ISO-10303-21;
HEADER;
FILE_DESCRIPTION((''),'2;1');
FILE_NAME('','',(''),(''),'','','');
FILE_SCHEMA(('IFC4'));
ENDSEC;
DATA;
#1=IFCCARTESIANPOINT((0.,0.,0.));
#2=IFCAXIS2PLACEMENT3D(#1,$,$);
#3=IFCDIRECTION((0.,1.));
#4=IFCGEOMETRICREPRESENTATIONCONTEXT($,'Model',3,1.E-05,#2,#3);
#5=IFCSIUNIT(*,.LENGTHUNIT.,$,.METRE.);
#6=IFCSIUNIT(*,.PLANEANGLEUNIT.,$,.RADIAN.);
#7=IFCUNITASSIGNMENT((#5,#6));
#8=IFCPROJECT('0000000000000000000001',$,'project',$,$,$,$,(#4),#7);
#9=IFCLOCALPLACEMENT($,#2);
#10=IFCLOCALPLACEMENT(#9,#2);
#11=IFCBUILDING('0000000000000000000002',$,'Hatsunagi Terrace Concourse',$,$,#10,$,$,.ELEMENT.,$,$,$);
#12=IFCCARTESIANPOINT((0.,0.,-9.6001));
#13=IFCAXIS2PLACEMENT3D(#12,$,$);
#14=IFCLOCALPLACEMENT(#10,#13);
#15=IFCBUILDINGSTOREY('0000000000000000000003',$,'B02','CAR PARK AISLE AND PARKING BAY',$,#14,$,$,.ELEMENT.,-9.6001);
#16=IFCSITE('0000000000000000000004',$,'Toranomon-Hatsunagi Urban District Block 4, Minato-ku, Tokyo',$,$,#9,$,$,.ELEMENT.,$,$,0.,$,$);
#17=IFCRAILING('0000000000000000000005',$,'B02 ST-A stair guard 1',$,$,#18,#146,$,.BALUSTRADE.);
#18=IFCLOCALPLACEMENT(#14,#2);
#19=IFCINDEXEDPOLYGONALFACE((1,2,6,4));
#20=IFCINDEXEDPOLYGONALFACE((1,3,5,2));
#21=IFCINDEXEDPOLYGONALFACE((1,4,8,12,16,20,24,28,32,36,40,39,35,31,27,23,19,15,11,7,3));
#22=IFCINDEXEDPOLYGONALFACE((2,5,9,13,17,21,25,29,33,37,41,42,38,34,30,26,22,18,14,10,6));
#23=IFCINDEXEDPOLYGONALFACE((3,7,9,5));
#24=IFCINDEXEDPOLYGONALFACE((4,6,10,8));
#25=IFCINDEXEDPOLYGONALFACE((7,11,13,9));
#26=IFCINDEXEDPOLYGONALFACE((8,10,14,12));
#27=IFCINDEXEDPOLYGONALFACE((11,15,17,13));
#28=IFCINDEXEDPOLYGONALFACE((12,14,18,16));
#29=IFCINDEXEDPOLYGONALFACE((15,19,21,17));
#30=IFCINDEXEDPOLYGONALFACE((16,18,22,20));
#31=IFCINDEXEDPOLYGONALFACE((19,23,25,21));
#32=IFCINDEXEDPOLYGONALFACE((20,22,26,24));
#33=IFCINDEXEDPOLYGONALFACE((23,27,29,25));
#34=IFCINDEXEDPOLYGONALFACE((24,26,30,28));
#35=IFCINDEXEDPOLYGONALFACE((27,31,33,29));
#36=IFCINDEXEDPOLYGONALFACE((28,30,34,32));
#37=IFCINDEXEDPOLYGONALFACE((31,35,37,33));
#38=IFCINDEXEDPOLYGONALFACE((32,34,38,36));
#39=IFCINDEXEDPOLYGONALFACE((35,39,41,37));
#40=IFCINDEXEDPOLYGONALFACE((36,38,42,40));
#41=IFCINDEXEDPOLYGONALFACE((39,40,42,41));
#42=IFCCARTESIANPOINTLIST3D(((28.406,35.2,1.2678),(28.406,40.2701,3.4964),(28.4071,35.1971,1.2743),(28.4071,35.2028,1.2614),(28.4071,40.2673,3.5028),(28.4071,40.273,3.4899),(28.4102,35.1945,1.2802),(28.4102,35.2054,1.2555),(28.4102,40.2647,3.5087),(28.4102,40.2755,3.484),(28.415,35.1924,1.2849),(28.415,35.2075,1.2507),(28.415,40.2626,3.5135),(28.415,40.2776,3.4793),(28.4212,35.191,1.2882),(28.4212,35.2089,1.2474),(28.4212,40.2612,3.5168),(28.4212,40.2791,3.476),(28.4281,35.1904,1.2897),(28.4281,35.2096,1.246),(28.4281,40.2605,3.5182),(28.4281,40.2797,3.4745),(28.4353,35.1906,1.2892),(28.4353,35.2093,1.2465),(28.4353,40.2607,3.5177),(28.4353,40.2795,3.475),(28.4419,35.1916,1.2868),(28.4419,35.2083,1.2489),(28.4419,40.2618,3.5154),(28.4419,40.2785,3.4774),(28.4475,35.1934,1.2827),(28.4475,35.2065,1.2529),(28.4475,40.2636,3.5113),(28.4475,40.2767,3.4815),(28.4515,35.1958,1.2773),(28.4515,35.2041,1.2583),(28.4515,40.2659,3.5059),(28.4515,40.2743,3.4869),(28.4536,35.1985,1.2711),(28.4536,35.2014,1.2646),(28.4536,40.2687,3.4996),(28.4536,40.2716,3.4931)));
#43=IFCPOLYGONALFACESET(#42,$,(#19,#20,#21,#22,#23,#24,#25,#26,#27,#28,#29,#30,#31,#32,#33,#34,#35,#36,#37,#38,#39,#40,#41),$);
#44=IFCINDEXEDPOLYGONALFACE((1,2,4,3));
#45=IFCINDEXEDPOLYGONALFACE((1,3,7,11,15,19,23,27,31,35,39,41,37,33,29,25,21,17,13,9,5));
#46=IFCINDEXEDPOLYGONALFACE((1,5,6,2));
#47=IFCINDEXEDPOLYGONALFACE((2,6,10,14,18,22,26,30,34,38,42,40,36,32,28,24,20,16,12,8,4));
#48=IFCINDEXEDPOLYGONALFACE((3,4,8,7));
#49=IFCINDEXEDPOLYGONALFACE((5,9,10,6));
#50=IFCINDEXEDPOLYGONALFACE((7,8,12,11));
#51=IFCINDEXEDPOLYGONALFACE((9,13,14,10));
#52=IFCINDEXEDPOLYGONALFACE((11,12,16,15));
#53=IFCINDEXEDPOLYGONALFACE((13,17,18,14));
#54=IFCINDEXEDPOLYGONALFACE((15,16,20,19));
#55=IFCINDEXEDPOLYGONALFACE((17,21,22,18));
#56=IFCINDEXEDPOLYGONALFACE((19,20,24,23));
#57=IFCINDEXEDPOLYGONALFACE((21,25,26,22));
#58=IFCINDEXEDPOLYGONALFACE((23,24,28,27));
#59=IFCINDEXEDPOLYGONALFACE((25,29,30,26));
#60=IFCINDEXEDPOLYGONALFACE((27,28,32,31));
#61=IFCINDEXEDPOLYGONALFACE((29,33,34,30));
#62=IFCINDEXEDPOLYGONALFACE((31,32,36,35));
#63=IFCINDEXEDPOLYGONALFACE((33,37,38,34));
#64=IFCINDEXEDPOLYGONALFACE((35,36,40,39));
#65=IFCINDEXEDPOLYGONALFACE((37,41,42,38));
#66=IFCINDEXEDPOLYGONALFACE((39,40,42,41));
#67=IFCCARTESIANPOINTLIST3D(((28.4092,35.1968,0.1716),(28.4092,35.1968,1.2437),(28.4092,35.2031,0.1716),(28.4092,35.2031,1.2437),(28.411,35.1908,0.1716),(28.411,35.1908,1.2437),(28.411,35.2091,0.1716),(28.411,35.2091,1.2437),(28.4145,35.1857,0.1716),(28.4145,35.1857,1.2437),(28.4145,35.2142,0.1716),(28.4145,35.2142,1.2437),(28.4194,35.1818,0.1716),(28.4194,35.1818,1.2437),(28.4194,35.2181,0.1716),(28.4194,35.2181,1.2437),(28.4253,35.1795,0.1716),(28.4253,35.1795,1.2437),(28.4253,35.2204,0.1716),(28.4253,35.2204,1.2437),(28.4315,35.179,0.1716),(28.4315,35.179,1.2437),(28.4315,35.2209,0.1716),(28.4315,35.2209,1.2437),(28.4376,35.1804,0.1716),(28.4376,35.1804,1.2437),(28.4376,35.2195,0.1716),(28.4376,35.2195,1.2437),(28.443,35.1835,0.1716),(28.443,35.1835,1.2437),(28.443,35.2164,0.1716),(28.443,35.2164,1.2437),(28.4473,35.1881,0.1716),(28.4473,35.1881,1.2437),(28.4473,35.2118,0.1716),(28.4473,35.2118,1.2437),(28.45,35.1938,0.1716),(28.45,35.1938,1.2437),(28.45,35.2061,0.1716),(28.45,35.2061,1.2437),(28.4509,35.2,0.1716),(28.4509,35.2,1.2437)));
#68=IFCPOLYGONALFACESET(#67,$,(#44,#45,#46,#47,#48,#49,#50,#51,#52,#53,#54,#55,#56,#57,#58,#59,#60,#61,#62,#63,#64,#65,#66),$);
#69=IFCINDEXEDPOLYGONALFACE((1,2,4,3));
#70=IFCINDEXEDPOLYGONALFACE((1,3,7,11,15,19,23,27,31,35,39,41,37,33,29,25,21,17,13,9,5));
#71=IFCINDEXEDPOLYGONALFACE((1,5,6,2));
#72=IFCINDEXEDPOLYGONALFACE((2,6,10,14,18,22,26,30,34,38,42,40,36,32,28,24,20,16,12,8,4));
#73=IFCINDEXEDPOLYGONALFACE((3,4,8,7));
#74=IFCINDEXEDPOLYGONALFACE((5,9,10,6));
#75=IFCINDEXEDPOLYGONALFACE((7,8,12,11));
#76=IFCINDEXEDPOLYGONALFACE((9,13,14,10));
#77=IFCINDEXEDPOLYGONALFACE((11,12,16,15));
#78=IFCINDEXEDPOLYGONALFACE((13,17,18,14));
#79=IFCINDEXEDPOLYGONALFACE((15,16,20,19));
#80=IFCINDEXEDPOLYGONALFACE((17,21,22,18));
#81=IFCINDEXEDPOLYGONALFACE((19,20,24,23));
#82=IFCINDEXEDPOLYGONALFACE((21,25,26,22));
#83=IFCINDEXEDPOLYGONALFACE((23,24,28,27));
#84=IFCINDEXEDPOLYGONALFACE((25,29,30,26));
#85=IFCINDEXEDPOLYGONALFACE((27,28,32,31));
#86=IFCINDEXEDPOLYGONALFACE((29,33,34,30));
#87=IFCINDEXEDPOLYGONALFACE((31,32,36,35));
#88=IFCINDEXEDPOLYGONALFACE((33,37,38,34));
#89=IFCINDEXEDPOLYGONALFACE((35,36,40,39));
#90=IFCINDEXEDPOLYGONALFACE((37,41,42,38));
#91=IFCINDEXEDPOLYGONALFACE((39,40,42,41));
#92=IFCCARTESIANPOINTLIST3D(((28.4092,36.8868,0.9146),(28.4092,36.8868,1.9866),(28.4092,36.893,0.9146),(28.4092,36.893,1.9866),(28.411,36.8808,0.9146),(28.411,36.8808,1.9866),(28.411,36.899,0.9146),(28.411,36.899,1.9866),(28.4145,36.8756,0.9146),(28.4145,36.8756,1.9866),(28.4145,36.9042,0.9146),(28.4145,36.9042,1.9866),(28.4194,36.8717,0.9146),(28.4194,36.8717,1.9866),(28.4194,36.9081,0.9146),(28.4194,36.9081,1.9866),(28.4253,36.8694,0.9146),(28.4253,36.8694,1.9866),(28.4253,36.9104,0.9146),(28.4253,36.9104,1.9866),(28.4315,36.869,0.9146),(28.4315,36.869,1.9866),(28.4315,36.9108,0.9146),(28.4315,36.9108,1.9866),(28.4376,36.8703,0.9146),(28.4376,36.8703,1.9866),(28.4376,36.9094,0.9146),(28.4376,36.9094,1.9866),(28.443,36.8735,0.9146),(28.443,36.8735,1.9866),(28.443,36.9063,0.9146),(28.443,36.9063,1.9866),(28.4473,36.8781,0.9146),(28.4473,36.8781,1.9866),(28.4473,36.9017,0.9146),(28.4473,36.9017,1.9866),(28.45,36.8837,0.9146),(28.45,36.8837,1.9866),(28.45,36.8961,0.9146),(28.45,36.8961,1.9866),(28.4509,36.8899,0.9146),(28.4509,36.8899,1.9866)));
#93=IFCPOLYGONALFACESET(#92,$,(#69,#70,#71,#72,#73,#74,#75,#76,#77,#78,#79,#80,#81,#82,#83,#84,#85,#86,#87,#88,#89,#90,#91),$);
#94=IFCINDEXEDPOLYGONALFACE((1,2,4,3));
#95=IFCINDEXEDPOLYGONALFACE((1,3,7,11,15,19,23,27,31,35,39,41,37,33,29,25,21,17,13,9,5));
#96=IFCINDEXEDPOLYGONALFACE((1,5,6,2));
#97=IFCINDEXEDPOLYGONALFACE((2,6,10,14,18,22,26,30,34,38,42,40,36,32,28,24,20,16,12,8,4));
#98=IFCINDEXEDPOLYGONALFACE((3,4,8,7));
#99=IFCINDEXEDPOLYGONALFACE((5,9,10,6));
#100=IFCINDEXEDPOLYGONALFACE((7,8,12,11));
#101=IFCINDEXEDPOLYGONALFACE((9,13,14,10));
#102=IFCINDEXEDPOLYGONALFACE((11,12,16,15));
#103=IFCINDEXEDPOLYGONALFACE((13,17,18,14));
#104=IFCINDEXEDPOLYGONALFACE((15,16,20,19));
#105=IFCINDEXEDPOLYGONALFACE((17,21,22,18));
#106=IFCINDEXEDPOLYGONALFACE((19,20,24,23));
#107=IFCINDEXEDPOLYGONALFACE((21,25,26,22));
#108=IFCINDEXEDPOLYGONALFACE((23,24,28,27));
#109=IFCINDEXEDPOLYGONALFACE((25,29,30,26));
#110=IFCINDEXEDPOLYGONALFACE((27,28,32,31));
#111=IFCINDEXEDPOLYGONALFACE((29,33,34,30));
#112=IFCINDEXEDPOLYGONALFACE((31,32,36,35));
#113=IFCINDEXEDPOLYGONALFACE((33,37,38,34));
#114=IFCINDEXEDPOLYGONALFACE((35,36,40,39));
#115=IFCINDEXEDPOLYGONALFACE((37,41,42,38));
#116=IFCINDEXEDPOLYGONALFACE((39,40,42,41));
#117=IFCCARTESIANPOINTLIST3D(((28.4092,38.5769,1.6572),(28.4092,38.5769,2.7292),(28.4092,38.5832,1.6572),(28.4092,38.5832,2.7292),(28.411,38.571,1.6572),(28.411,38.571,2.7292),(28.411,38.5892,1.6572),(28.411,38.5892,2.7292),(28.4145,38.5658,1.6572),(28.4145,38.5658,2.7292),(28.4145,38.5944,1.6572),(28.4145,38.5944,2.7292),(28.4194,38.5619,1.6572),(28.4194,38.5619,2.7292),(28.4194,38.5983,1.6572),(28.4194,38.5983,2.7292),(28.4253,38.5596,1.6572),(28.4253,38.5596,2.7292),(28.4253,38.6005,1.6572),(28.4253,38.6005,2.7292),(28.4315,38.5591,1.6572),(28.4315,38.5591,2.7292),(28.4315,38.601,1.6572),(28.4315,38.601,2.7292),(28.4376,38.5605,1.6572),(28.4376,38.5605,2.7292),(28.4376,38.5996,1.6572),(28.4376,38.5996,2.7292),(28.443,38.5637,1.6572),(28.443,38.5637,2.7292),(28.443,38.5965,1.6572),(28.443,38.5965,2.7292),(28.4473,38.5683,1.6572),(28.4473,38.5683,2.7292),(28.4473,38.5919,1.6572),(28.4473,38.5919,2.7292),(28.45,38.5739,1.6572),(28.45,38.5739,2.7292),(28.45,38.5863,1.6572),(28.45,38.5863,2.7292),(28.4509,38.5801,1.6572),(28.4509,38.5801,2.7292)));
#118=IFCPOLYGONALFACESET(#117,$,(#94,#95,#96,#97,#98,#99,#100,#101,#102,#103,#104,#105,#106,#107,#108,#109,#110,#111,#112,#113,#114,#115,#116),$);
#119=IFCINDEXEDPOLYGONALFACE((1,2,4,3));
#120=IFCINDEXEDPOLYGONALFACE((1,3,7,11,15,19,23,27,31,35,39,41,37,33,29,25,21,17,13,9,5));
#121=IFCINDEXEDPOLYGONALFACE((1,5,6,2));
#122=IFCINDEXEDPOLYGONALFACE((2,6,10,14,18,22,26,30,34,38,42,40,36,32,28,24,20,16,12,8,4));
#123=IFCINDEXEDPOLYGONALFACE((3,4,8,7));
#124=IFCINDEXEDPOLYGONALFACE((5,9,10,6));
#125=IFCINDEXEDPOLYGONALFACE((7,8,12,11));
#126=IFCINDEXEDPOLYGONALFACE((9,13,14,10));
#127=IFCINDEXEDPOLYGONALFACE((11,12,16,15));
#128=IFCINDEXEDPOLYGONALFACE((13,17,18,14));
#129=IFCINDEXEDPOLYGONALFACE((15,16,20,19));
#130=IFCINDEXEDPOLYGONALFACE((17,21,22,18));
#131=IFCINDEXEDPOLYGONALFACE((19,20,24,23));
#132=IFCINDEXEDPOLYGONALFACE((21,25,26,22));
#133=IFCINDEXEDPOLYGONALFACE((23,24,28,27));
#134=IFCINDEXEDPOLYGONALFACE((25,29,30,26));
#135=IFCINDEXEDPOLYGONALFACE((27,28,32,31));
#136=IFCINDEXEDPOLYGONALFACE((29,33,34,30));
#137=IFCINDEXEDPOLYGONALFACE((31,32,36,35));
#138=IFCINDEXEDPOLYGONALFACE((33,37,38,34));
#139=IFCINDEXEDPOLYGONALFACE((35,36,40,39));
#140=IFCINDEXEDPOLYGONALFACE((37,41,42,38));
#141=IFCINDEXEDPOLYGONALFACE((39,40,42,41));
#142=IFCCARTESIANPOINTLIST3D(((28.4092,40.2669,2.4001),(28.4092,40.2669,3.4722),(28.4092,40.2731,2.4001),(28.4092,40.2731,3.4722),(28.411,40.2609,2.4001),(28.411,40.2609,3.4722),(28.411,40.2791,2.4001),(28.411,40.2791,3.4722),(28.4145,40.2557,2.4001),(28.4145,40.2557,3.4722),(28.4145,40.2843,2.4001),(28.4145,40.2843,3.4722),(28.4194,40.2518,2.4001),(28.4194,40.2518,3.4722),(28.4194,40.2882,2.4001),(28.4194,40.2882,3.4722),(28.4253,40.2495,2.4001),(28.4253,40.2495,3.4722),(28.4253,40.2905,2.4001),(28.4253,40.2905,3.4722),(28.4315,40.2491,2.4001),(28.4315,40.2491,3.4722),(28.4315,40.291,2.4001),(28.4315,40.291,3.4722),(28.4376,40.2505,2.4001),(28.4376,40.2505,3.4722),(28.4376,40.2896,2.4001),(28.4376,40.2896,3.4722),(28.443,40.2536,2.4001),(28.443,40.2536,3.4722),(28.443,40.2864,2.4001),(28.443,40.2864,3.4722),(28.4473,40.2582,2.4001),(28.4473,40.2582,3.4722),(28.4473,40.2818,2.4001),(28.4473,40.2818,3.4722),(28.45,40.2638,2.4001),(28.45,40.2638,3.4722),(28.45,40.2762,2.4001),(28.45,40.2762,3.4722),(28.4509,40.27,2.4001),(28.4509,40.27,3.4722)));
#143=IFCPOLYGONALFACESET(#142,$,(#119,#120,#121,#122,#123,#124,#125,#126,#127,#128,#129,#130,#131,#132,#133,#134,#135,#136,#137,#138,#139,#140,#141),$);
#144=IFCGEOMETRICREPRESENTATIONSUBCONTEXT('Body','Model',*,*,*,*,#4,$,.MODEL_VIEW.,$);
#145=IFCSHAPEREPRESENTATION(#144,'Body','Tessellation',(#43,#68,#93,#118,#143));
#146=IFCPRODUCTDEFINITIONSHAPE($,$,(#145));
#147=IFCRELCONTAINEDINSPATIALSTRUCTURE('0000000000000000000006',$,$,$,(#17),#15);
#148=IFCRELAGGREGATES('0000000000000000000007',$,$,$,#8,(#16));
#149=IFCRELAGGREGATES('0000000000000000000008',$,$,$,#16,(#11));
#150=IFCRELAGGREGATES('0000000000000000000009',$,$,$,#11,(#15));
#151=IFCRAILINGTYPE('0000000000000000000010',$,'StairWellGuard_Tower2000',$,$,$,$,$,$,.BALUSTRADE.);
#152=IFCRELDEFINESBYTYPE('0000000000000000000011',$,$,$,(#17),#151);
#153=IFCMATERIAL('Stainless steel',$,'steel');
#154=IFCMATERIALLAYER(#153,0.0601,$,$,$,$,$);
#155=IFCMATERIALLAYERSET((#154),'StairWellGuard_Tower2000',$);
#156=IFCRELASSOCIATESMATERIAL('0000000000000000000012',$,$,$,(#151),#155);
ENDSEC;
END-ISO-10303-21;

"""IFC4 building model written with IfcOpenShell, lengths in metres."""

from ifc_helpers import new_model, si_unit, direction, frame, origin, origin_2d, place, context, subcontext, project, spatial, circle, extrude, material, layer, layer_set, type_object, element, save


model = new_model("IFC4")

# Units and contexts
model_context = context("Model", 3, precision=1e-05, world=origin(), true_north=direction((0.0, 1.0)))
body_context = subcontext(model_context, "Body", "Model", "MODEL_VIEW")
ifc_project = project(units=[si_unit("LENGTHUNIT", "METRE"), si_unit("PLANEANGLEUNIT", "RADIAN")], contexts=[model_context])

# Site, building, storey
site_placement = place(None, origin())
site = spatial("IfcSite", under=ifc_project, at=site_placement, Name="Toranomon-Hatsunagi Urban District Block 4, Minato-ku, Tokyo", CompositionType="ELEMENT", RefElevation=0.0)
building_placement = place(site_placement, origin())
building = spatial("IfcBuilding", under=site, at=building_placement, Name="Hatsunagi Terrace Concourse", CompositionType="ELEMENT")
storey_placement = place(building_placement, frame((0.0, 0.0, -9.6001)))
storey = spatial("IfcBuildingStorey", under=building, at=storey_placement, Name="B02", Description="CAR PARK AISLE AND PARKING BAY", CompositionType="ELEMENT", Elevation=-9.6001)

# Railing
ifc_material_1 = material(Name="Stainless steel", Category="steel")
ifc_layer_1 = layer(ifc_material_1, 0.0601)
ifc_layer_set_1 = layer_set([ifc_layer_1], Name="StairWellGuard_Tower2000")
railing_type_1 = type_object("IfcRailingType", Name="StairWellGuard_Tower2000", PredefinedType="BALUSTRADE", material=ifc_layer_set_1)
railing_1_placement = place(storey_placement, frame((28.4299, 35.2, 0.1716)))
element("IfcRailing", 1, at=railing_1_placement, inside=storey, type_object=railing_type_1, Name="B02 ST-A stair guard 1", PredefinedType="BALUSTRADE", context=body_context, shape_type="SweptSolid", body=[
    extrude(circle(Radius=0.0239, at=origin_2d()), frame((0.0, 0.0, 1.0962), z_axis=(0.0, 0.915469, 0.402388), x_axis=(-1.0, 0.0, 0.0)), (0.0, 0.0, 1.0), 5.5383),
    extrude(circle(Radius=0.021, at=origin_2d()), origin(), (0.0, 0.0, 1.0), 1.072),
    extrude(circle(Radius=0.021, at=origin_2d()), frame((0.0, 1.6899, 0.7429)), (0.0, 0.0, 1.0), 1.072),
    extrude(circle(Radius=0.021, at=origin_2d()), frame((0.0, 3.3801, 1.4856)), (0.0, 0.0, 1.0), 1.072),
    extrude(circle(Radius=0.021, at=origin_2d()), frame((0.0, 5.0701, 2.2285)), (0.0, 0.0, 1.0), 1.072),
])

save(model, "model.ifc")
